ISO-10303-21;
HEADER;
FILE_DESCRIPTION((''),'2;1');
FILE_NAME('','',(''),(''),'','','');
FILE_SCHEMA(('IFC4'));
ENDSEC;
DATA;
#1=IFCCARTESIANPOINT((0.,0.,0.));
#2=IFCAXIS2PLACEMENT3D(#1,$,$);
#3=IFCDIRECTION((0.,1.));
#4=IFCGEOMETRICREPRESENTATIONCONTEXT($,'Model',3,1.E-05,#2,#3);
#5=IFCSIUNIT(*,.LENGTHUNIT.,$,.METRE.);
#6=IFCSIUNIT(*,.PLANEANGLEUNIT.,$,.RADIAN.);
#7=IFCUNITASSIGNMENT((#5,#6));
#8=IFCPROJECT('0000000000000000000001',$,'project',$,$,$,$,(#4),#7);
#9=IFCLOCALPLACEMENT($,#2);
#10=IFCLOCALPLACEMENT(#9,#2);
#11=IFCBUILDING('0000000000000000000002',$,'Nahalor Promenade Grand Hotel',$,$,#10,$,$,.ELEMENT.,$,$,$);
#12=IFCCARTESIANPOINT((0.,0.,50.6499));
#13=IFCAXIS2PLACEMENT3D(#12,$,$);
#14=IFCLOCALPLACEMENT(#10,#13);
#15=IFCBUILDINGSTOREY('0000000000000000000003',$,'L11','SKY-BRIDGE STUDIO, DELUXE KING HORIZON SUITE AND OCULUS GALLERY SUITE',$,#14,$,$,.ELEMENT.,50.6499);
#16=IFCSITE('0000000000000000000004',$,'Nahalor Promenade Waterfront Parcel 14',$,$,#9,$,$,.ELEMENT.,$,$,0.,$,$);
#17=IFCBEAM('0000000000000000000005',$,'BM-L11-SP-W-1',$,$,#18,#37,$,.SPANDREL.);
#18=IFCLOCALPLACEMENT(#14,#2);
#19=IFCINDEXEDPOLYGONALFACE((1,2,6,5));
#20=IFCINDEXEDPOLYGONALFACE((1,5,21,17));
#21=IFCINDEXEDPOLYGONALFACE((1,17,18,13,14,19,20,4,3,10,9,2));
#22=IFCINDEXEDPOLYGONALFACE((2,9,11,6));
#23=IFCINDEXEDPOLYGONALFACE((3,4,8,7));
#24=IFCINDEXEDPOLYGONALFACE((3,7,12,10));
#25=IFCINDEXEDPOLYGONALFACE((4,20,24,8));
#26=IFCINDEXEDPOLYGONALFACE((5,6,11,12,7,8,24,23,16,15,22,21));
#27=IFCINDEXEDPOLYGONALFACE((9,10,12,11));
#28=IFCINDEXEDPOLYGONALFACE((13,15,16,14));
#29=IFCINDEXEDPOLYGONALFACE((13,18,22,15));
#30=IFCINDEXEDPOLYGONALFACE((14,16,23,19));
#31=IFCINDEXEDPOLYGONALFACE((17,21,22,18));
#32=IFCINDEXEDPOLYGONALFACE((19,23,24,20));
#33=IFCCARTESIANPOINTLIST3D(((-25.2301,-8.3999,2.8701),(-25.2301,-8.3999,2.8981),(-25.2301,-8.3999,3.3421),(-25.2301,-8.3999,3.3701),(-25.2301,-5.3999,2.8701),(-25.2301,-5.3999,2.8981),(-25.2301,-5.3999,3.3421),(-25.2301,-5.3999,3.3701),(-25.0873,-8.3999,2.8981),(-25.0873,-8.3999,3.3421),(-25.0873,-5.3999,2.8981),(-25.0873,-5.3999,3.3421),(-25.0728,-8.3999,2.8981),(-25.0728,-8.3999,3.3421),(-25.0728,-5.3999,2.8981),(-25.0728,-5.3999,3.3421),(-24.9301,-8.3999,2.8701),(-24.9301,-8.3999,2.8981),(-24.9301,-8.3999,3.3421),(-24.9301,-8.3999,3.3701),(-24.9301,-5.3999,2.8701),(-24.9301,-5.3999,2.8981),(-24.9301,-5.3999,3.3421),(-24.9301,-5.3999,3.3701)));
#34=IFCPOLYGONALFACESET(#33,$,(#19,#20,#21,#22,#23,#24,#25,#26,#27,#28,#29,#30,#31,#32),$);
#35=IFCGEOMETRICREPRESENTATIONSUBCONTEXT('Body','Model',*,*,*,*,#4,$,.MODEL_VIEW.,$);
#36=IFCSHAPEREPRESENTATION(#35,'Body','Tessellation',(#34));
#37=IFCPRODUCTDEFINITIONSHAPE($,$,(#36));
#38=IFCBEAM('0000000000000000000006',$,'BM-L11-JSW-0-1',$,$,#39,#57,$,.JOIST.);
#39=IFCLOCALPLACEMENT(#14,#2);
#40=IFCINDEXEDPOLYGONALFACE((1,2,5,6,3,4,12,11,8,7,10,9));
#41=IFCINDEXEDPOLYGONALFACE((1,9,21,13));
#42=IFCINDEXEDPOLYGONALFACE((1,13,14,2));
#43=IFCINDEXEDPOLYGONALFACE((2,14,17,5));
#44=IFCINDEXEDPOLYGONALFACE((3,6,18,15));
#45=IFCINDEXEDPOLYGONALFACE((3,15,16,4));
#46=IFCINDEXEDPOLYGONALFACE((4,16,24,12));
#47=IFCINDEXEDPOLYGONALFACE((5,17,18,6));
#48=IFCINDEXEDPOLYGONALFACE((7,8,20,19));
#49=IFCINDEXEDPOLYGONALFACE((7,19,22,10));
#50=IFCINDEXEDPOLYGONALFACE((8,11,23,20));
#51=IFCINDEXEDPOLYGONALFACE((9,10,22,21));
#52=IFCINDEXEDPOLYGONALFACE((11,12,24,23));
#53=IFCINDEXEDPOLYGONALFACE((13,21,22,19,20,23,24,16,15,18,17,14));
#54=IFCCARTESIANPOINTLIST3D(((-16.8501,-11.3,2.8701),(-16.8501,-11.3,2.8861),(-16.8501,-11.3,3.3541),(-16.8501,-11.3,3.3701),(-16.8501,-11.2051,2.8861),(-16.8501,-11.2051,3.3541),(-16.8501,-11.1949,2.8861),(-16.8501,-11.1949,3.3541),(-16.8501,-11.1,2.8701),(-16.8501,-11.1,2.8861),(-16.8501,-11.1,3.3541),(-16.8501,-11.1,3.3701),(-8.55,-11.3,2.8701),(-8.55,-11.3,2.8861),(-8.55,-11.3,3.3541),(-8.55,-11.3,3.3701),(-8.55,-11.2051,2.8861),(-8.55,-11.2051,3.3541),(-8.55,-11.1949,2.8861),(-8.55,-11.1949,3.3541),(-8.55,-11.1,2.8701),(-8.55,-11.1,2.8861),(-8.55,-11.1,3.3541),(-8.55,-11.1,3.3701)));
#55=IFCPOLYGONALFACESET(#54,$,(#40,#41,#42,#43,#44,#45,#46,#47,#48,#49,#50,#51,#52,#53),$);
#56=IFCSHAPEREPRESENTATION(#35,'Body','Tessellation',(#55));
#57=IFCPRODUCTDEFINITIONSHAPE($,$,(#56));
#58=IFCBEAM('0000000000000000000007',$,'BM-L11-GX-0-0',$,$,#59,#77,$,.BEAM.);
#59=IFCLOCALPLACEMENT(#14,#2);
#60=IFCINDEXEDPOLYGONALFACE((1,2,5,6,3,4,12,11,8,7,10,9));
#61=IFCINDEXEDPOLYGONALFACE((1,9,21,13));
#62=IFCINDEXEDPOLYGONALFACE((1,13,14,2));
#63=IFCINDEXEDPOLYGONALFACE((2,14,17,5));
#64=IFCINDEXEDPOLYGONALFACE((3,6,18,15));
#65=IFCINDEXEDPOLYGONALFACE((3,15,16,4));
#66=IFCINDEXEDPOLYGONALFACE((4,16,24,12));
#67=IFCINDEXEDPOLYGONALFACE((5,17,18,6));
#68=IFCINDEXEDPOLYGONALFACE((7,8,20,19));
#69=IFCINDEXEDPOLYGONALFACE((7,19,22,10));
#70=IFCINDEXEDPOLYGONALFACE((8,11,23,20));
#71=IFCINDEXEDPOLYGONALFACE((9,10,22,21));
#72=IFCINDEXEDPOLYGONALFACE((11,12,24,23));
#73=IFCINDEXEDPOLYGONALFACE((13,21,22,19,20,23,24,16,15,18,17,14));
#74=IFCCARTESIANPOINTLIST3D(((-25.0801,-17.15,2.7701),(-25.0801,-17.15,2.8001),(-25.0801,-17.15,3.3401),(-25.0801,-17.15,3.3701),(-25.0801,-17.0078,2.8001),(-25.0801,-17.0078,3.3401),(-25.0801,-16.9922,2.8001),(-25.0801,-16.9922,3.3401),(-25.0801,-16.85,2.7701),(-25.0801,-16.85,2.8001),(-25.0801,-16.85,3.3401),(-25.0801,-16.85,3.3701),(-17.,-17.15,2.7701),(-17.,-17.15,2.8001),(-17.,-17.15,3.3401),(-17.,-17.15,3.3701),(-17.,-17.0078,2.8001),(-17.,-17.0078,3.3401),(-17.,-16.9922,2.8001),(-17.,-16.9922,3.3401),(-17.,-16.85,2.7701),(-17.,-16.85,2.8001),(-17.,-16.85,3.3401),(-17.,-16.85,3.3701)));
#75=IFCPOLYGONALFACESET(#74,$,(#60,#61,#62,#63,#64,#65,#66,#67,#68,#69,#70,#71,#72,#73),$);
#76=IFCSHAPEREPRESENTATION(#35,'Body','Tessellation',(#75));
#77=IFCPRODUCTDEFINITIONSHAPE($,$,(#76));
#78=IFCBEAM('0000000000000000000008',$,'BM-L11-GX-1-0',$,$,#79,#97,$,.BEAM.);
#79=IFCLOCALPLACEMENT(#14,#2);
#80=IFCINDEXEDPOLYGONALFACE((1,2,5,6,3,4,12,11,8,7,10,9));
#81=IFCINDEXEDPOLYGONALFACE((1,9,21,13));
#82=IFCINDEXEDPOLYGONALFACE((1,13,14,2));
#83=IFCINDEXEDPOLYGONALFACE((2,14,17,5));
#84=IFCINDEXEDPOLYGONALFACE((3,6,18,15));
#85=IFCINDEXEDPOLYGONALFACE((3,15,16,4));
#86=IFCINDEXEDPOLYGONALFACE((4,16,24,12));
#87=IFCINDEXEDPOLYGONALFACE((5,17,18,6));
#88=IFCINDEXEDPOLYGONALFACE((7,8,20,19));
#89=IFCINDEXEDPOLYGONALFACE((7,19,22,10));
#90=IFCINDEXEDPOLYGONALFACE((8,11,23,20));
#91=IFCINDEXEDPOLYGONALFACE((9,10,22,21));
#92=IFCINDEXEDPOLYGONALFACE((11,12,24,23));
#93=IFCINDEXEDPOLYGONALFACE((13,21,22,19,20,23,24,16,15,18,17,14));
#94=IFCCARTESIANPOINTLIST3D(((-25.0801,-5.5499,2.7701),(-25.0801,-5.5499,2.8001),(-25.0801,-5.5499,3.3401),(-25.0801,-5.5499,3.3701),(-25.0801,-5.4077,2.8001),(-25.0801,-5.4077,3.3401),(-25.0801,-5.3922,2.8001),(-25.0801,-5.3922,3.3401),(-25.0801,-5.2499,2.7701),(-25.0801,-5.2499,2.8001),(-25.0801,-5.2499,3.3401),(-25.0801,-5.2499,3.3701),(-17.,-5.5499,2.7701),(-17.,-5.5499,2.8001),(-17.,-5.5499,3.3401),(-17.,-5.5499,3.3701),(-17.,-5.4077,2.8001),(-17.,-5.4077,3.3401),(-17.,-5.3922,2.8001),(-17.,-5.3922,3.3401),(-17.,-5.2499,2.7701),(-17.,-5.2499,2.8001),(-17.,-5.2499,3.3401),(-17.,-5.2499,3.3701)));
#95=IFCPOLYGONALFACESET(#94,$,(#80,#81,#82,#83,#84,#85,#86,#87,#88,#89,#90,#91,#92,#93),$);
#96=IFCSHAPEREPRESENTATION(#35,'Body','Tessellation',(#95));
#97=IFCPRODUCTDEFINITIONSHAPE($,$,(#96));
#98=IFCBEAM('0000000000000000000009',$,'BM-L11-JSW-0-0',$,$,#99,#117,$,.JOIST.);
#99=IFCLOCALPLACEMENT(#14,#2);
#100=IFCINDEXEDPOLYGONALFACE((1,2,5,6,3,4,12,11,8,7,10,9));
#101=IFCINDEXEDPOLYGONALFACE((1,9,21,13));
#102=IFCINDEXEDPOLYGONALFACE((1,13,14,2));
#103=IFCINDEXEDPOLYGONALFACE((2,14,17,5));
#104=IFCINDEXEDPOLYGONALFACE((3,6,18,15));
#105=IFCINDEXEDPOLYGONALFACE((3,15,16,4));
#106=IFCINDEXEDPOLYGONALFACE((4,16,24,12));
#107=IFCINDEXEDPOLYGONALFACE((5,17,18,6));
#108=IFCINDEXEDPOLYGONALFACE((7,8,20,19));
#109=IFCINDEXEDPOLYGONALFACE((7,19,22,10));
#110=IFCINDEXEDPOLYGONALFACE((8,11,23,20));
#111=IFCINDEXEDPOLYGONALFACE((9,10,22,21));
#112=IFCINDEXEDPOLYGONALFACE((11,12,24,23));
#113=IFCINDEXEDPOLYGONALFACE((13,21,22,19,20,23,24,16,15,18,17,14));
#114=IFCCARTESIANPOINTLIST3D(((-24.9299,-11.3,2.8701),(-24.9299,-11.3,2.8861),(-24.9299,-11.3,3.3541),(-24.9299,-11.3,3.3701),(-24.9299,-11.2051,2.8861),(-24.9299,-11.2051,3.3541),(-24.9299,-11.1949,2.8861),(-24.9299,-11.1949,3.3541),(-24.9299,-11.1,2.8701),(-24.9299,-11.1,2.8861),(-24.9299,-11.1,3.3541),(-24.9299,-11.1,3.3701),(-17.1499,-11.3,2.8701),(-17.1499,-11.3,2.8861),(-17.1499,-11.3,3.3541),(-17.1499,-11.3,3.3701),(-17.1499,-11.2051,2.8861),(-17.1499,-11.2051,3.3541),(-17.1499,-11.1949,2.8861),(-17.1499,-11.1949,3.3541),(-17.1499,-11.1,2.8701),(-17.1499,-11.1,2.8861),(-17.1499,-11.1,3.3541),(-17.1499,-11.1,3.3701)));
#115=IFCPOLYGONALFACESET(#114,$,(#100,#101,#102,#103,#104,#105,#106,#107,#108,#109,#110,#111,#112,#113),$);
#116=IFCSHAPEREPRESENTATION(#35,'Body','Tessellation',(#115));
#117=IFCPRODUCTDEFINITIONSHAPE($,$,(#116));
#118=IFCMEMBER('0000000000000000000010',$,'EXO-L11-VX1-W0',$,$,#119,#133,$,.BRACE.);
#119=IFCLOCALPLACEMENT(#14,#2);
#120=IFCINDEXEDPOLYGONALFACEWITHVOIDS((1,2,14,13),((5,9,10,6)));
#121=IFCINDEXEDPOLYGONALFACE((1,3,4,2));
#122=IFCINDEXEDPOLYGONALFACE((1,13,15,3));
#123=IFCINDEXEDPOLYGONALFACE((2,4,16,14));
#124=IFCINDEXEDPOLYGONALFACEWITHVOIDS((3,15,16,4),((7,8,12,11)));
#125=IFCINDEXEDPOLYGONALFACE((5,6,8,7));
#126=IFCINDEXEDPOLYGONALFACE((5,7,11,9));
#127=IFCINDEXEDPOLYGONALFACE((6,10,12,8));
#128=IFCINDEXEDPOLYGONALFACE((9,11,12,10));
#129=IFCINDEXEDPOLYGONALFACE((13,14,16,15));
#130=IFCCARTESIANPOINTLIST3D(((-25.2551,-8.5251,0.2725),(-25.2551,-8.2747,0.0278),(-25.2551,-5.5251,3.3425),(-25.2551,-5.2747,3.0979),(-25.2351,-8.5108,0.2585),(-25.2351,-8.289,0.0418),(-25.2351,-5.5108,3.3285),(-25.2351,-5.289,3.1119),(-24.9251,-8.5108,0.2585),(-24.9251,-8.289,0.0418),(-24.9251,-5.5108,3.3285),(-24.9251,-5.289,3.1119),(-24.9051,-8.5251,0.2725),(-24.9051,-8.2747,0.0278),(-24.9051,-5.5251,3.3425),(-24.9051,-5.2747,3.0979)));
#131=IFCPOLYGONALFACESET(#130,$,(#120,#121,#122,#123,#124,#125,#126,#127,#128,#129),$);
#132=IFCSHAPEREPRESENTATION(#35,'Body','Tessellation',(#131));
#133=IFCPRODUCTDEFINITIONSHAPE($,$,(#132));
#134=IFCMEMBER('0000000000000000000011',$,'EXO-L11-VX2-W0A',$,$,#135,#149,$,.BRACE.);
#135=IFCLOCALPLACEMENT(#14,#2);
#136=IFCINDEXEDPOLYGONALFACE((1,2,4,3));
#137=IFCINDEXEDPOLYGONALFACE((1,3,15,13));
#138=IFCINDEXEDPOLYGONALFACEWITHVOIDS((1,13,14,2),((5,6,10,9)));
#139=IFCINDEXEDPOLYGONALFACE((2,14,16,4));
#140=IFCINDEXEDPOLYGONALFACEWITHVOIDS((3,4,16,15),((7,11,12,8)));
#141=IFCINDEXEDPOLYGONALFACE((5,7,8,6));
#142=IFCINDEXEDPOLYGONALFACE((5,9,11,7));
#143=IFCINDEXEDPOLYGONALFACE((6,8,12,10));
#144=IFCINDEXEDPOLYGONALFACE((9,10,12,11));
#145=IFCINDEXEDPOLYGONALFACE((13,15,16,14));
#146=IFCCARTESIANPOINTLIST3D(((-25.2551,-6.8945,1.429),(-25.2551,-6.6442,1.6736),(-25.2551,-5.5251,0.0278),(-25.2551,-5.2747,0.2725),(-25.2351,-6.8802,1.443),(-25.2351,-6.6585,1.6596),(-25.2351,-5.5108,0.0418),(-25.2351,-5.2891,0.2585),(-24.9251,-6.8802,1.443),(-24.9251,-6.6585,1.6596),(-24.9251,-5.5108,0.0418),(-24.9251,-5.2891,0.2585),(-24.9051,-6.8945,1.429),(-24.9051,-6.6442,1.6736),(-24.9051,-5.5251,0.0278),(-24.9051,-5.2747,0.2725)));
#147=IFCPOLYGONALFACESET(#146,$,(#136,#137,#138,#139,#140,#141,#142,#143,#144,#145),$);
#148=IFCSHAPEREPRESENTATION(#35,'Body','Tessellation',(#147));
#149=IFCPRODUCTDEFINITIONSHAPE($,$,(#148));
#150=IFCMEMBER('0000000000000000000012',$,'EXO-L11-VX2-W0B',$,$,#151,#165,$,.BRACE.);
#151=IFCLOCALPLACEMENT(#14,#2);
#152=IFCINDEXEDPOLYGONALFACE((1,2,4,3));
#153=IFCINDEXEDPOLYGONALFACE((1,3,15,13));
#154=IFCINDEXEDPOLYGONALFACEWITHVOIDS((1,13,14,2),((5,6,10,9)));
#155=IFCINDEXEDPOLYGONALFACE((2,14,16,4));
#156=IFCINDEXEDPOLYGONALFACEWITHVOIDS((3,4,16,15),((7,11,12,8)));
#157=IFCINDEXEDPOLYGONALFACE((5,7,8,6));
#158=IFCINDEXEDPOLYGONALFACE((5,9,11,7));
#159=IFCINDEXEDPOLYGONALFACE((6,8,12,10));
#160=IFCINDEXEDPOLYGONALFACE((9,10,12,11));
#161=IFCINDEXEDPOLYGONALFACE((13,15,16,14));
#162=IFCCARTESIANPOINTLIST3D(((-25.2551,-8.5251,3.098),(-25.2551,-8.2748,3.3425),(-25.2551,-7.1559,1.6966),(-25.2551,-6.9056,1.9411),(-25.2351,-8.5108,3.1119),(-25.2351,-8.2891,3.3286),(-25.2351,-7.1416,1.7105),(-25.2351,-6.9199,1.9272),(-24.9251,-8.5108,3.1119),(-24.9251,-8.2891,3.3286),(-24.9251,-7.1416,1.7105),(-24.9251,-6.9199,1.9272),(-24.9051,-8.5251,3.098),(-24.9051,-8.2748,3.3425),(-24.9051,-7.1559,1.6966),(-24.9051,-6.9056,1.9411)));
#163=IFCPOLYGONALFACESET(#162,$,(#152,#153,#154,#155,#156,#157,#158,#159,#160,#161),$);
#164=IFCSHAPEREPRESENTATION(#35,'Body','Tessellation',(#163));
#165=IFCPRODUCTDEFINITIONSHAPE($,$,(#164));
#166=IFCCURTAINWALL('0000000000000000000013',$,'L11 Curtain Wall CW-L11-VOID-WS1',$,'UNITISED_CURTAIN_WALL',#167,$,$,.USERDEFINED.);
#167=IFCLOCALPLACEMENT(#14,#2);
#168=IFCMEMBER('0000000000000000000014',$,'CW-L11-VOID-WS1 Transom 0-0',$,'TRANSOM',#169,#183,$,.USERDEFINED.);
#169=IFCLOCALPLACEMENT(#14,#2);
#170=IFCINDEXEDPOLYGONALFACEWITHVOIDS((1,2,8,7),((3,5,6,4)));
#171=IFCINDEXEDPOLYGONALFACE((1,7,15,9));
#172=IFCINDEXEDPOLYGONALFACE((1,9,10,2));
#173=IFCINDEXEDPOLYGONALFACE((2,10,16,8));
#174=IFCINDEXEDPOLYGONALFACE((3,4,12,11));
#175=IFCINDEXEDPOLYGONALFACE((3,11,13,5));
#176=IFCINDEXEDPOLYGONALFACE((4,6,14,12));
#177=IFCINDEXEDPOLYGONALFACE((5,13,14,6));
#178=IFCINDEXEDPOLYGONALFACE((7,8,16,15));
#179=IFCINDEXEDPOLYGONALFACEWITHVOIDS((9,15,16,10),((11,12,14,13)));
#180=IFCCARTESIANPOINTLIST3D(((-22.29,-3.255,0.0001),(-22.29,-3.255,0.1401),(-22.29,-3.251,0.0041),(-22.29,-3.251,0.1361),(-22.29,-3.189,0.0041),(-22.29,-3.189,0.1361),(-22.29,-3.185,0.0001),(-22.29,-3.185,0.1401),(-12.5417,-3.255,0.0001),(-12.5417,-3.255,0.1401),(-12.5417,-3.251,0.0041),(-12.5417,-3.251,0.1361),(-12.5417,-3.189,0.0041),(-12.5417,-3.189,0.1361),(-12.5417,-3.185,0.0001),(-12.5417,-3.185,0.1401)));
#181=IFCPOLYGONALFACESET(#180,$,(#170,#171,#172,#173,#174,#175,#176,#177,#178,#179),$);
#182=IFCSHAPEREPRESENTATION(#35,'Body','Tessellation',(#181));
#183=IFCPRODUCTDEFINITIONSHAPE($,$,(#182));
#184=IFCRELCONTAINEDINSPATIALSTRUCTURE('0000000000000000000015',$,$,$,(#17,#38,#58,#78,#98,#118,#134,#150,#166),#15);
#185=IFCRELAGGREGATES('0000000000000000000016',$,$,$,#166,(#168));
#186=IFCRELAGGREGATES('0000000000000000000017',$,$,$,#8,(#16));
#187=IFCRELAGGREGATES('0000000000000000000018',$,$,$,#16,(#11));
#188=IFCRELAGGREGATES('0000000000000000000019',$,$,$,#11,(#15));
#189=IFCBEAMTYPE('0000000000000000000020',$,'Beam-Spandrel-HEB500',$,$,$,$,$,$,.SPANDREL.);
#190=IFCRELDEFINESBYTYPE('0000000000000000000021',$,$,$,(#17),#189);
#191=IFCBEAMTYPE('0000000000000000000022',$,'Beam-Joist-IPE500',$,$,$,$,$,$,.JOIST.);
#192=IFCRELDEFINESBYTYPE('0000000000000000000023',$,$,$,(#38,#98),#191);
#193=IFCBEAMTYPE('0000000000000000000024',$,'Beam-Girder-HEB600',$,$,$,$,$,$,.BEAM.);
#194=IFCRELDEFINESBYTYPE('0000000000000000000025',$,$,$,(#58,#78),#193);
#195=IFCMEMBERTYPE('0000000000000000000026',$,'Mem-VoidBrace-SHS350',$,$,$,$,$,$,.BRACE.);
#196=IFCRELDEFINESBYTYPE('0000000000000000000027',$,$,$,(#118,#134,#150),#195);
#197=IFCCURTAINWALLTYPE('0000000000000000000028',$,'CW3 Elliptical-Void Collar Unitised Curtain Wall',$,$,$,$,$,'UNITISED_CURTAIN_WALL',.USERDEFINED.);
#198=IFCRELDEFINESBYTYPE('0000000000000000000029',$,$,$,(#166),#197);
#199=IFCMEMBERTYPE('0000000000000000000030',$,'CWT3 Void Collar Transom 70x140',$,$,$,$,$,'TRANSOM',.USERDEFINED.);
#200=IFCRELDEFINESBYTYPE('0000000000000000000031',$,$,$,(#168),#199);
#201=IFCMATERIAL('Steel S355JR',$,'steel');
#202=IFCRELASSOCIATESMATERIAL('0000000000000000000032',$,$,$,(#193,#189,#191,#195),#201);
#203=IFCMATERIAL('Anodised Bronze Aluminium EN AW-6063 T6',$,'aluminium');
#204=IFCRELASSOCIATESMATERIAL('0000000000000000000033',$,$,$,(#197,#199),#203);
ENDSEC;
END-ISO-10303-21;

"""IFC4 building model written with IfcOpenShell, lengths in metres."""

from ifc_helpers import new_model, si_unit, direction, frame, origin, origin_2d, place, context, subcontext, project, spatial, hollow_rectangle, i_section, extrude, source, transform, mapped, material, material_profile, profile_set, type_object, element, aggregate, save


model = new_model("IFC4")

# Units and contexts
model_context = context("Model", 3, precision=1e-05, world=origin(), true_north=direction((0.0, 1.0)))
body_context = subcontext(model_context, "Body", "Model", "MODEL_VIEW")
ifc_project = project(units=[si_unit("LENGTHUNIT", "METRE"), si_unit("PLANEANGLEUNIT", "RADIAN")], contexts=[model_context])

# Site, building, storey
site_placement = place(None, origin())
site = spatial("IfcSite", under=ifc_project, at=site_placement, Name="Nahalor Promenade Waterfront Parcel 14", CompositionType="ELEMENT", RefElevation=0.0)
building_placement = place(site_placement, origin())
building = spatial("IfcBuilding", under=site, at=building_placement, Name="Nahalor Promenade Grand Hotel", CompositionType="ELEMENT")
storey_placement = place(building_placement, frame((0.0, 0.0, 50.6499)))
storey = spatial("IfcBuildingStorey", under=building, at=storey_placement, Name="L11", Description="SKY-BRIDGE STUDIO, DELUXE KING HORIZON SUITE AND OCULUS GALLERY SUITE", CompositionType="ELEMENT", Elevation=50.6499)

# Beams
ifc_material_1 = material(Name="Steel S355JR", Category="steel")
ifc_material_profile_1 = material_profile(ifc_material_1, i_section(OverallWidth=0.3, OverallDepth=0.6, WebThickness=0.0155, FlangeThickness=0.03, at=origin_2d()), Name="HEB 600")
ifc_profile_set_1 = profile_set([ifc_material_profile_1], Name="Steel S355JR")
beam_type_1 = type_object("IfcBeamType", Name="Beam-Girder-HEB600", PredefinedType="BEAM", material=ifc_profile_set_1)
ifc_material_profile_2 = material_profile(ifc_material_1, i_section(OverallWidth=0.3, OverallDepth=0.5, WebThickness=0.0145, FlangeThickness=0.028, at=origin_2d()), Name="HEB 500")
ifc_profile_set_2 = profile_set([ifc_material_profile_2], Name="Steel S355JR")
beam_type_2 = type_object("IfcBeamType", Name="Beam-Spandrel-HEB500", PredefinedType="SPANDREL", material=ifc_profile_set_2)
shared_shape_1 = source(origin(), body_context, "Body", "SweptSolid", [
    extrude(i_section(OverallWidth=0.3, OverallDepth=0.5, WebThickness=0.0145, FlangeThickness=0.028, at=origin_2d()), origin(), (0.0, 0.0, 1.0), 3.0),
])
beam_1_placement = place(storey_placement, frame((-25.0801, -8.3999, 3.1201), z_axis=(0.0, 1.0, 0.0), x_axis=(-1.0, 0.0, 0.0)))
element("IfcBeam", 1, at=beam_1_placement, inside=storey, type_object=beam_type_2, Name="BM-L11-SP-W-1", PredefinedType="SPANDREL", context=body_context, shape_type="MappedRepresentation", body=[
    mapped(shared_shape_1, transform((0.0, 0.0, 0.0), scale=1.0)),
])
ifc_material_profile_3 = material_profile(ifc_material_1, i_section(OverallWidth=0.2, OverallDepth=0.5, WebThickness=0.0102, FlangeThickness=0.016, at=origin_2d()), Name="IPE 500")
ifc_profile_set_3 = profile_set([ifc_material_profile_3], Name="Steel S355JR")
beam_type_3 = type_object("IfcBeamType", Name="Beam-Joist-IPE500", PredefinedType="JOIST", material=ifc_profile_set_3)
shared_shape_2 = source(origin(), body_context, "Body", "SweptSolid", [
    extrude(i_section(OverallWidth=0.2, OverallDepth=0.5, WebThickness=0.0102, FlangeThickness=0.016, at=origin_2d()), origin(), (0.0, 0.0, 1.0), 8.3),
])
beam_2_placement = place(storey_placement, frame((-16.8501, -11.2, 3.1201), z_axis=(1.0, 0.0, 0.0), x_axis=(0.0, 1.0, 0.0)))
element("IfcBeam", 2, at=beam_2_placement, inside=storey, type_object=beam_type_3, Name="BM-L11-JSW-0-1", PredefinedType="JOIST", context=body_context, shape_type="MappedRepresentation", body=[
    mapped(shared_shape_2, transform((0.0, 0.0, 0.0), scale=1.0)),
])
shared_shape_3 = source(origin(), body_context, "Body", "SweptSolid", [
    extrude(i_section(OverallWidth=0.3, OverallDepth=0.6, WebThickness=0.0155, FlangeThickness=0.03, at=origin_2d()), origin(), (0.0, 0.0, 1.0), 8.0801),
])
for number, where, z_axis, x_axis, name in (
    (3, (-25.0801, -17.0, 3.0701), (1.0, 0.0, 0.0), (0.0, 1.0, 0.0), "BM-L11-GX-0-0"),
    (4, (-25.0801, -5.3999, 3.0701), (1.0, 0.0, 0.0), (0.0, 1.0, 0.0), "BM-L11-GX-1-0"),
):
    element("IfcBeam", number, at=place(storey_placement, frame(where, z_axis=z_axis, x_axis=x_axis)), inside=storey, type_object=beam_type_1, Name=name, PredefinedType="BEAM", context=body_context, shape_type="MappedRepresentation", body=[
        mapped(shared_shape_3, transform((0.0, 0.0, 0.0), scale=1.0)),
    ])
shared_shape_4 = source(origin(), body_context, "Body", "SweptSolid", [
    extrude(i_section(OverallWidth=0.2, OverallDepth=0.5, WebThickness=0.0102, FlangeThickness=0.016, at=origin_2d()), origin(), (0.0, 0.0, 1.0), 7.78),
])
beam_3_placement = place(storey_placement, frame((-24.9299, -11.2, 3.1201), z_axis=(1.0, 0.0, 0.0), x_axis=(0.0, 1.0, 0.0)))
element("IfcBeam", 5, at=beam_3_placement, inside=storey, type_object=beam_type_3, Name="BM-L11-JSW-0-0", PredefinedType="JOIST", context=body_context, shape_type="MappedRepresentation", body=[
    mapped(shared_shape_4, transform((0.0, 0.0, 0.0), scale=1.0)),
])

# Members
ifc_material_profile_4 = material_profile(ifc_material_1, hollow_rectangle(XDim=0.35, YDim=0.35, WallThickness=0.02, at=origin_2d()), Name="SHS 350x350x20")
ifc_profile_set_4 = profile_set([ifc_material_profile_4], Name="Steel S355JR")
member_type_1 = type_object("IfcMemberType", Name="Mem-VoidBrace-SHS350", PredefinedType="BRACE", material=ifc_profile_set_4)
shared_shape_5 = source(origin(), body_context, "Body", "SweptSolid", [
    extrude(hollow_rectangle(XDim=0.35, YDim=0.35, WallThickness=0.02, at=origin_2d()), origin(), (0.0, 0.0, 1.0), 4.2925),
])
member_1_placement = place(storey_placement, frame((-25.0801, -8.3999, 0.1501), z_axis=(0.0, 0.698898, 0.715221), x_axis=(-1.0, 0.0, 0.0)))
element("IfcMember", 6, at=member_1_placement, inside=storey, type_object=member_type_1, Name="EXO-L11-VX1-W0", PredefinedType="BRACE", context=body_context, shape_type="MappedRepresentation", body=[
    mapped(shared_shape_5, transform((0.0, 0.0, 0.0), scale=1.0)),
])
shared_shape_6 = source(origin(), body_context, "Body", "SweptSolid", [
    extrude(hollow_rectangle(XDim=0.35, YDim=0.35, WallThickness=0.02, at=origin_2d()), origin(), (0.0, 0.0, 1.0), 1.9592),
])
for number, where, z_axis, x_axis, name in (
    (7, (-25.0801, -5.3999, 0.1501), (0.0, -0.69896, 0.71516), (1.0, 0.0, 0.0), "EXO-L11-VX2-W0A"),
    (8, (-25.0801, -7.0308, 1.8188), (0.0, -0.698834, 0.715283), (1.0, 0.0, 0.0), "EXO-L11-VX2-W0B"),
):
    element("IfcMember", number, at=place(storey_placement, frame(where, z_axis=z_axis, x_axis=x_axis)), inside=storey, type_object=member_type_1, Name=name, PredefinedType="BRACE", context=body_context, shape_type="MappedRepresentation", body=[
        mapped(shared_shape_6, transform((0.0, 0.0, 0.0), scale=1.0)),
    ])

# Curtain wall, member
ifc_material_2 = material(Name="Anodised Bronze Aluminium EN AW-6063 T6", Category="aluminium")
curtain_wall_type = type_object("IfcCurtainWallType", Name="CW3 Elliptical-Void Collar Unitised Curtain Wall", ElementType="UNITISED_CURTAIN_WALL", PredefinedType="USERDEFINED", material=ifc_material_2)
curtain_wall_1_placement = place(storey_placement, origin())
curtain_wall_1 = element("IfcCurtainWall", 9, at=curtain_wall_1_placement, inside=storey, type_object=curtain_wall_type, Name="L11 Curtain Wall CW-L11-VOID-WS1", ObjectType="UNITISED_CURTAIN_WALL", PredefinedType="USERDEFINED")
ifc_material_profile_5 = material_profile(ifc_material_2, hollow_rectangle(XDim=0.07, YDim=0.14, WallThickness=0.004, at=origin_2d()), Name="CWT 70x140x4")
ifc_profile_set_5 = profile_set([ifc_material_profile_5], Name="Anodised Bronze Aluminium EN AW-6063 T6")
member_type_2 = type_object("IfcMemberType", Name="CWT3 Void Collar Transom 70x140", ElementType="TRANSOM", PredefinedType="USERDEFINED", material=ifc_profile_set_5)
shared_shape_7 = source(origin(), body_context, "Body", "SweptSolid", [
    extrude(hollow_rectangle(XDim=0.07, YDim=0.14, WallThickness=0.004, at=origin_2d()), origin(), (0.0, 0.0, 1.0), 9.7483),
])
member_2_placement = place(storey_placement, frame((-22.29, -3.22, 0.0701), z_axis=(1.0, 0.0, 0.0), x_axis=(0.0, 1.0, 0.0)))
member_2 = element("IfcMember", 10, at=member_2_placement, type_object=member_type_2, Name="CW-L11-VOID-WS1 Transom 0-0", ObjectType="TRANSOM", PredefinedType="USERDEFINED", context=body_context, shape_type="MappedRepresentation", body=[
    mapped(shared_shape_7, transform((0.0, 0.0, 0.0), scale=1.0)),
])

aggregate(curtain_wall_1, [member_2])

save(model, "model.ifc")
